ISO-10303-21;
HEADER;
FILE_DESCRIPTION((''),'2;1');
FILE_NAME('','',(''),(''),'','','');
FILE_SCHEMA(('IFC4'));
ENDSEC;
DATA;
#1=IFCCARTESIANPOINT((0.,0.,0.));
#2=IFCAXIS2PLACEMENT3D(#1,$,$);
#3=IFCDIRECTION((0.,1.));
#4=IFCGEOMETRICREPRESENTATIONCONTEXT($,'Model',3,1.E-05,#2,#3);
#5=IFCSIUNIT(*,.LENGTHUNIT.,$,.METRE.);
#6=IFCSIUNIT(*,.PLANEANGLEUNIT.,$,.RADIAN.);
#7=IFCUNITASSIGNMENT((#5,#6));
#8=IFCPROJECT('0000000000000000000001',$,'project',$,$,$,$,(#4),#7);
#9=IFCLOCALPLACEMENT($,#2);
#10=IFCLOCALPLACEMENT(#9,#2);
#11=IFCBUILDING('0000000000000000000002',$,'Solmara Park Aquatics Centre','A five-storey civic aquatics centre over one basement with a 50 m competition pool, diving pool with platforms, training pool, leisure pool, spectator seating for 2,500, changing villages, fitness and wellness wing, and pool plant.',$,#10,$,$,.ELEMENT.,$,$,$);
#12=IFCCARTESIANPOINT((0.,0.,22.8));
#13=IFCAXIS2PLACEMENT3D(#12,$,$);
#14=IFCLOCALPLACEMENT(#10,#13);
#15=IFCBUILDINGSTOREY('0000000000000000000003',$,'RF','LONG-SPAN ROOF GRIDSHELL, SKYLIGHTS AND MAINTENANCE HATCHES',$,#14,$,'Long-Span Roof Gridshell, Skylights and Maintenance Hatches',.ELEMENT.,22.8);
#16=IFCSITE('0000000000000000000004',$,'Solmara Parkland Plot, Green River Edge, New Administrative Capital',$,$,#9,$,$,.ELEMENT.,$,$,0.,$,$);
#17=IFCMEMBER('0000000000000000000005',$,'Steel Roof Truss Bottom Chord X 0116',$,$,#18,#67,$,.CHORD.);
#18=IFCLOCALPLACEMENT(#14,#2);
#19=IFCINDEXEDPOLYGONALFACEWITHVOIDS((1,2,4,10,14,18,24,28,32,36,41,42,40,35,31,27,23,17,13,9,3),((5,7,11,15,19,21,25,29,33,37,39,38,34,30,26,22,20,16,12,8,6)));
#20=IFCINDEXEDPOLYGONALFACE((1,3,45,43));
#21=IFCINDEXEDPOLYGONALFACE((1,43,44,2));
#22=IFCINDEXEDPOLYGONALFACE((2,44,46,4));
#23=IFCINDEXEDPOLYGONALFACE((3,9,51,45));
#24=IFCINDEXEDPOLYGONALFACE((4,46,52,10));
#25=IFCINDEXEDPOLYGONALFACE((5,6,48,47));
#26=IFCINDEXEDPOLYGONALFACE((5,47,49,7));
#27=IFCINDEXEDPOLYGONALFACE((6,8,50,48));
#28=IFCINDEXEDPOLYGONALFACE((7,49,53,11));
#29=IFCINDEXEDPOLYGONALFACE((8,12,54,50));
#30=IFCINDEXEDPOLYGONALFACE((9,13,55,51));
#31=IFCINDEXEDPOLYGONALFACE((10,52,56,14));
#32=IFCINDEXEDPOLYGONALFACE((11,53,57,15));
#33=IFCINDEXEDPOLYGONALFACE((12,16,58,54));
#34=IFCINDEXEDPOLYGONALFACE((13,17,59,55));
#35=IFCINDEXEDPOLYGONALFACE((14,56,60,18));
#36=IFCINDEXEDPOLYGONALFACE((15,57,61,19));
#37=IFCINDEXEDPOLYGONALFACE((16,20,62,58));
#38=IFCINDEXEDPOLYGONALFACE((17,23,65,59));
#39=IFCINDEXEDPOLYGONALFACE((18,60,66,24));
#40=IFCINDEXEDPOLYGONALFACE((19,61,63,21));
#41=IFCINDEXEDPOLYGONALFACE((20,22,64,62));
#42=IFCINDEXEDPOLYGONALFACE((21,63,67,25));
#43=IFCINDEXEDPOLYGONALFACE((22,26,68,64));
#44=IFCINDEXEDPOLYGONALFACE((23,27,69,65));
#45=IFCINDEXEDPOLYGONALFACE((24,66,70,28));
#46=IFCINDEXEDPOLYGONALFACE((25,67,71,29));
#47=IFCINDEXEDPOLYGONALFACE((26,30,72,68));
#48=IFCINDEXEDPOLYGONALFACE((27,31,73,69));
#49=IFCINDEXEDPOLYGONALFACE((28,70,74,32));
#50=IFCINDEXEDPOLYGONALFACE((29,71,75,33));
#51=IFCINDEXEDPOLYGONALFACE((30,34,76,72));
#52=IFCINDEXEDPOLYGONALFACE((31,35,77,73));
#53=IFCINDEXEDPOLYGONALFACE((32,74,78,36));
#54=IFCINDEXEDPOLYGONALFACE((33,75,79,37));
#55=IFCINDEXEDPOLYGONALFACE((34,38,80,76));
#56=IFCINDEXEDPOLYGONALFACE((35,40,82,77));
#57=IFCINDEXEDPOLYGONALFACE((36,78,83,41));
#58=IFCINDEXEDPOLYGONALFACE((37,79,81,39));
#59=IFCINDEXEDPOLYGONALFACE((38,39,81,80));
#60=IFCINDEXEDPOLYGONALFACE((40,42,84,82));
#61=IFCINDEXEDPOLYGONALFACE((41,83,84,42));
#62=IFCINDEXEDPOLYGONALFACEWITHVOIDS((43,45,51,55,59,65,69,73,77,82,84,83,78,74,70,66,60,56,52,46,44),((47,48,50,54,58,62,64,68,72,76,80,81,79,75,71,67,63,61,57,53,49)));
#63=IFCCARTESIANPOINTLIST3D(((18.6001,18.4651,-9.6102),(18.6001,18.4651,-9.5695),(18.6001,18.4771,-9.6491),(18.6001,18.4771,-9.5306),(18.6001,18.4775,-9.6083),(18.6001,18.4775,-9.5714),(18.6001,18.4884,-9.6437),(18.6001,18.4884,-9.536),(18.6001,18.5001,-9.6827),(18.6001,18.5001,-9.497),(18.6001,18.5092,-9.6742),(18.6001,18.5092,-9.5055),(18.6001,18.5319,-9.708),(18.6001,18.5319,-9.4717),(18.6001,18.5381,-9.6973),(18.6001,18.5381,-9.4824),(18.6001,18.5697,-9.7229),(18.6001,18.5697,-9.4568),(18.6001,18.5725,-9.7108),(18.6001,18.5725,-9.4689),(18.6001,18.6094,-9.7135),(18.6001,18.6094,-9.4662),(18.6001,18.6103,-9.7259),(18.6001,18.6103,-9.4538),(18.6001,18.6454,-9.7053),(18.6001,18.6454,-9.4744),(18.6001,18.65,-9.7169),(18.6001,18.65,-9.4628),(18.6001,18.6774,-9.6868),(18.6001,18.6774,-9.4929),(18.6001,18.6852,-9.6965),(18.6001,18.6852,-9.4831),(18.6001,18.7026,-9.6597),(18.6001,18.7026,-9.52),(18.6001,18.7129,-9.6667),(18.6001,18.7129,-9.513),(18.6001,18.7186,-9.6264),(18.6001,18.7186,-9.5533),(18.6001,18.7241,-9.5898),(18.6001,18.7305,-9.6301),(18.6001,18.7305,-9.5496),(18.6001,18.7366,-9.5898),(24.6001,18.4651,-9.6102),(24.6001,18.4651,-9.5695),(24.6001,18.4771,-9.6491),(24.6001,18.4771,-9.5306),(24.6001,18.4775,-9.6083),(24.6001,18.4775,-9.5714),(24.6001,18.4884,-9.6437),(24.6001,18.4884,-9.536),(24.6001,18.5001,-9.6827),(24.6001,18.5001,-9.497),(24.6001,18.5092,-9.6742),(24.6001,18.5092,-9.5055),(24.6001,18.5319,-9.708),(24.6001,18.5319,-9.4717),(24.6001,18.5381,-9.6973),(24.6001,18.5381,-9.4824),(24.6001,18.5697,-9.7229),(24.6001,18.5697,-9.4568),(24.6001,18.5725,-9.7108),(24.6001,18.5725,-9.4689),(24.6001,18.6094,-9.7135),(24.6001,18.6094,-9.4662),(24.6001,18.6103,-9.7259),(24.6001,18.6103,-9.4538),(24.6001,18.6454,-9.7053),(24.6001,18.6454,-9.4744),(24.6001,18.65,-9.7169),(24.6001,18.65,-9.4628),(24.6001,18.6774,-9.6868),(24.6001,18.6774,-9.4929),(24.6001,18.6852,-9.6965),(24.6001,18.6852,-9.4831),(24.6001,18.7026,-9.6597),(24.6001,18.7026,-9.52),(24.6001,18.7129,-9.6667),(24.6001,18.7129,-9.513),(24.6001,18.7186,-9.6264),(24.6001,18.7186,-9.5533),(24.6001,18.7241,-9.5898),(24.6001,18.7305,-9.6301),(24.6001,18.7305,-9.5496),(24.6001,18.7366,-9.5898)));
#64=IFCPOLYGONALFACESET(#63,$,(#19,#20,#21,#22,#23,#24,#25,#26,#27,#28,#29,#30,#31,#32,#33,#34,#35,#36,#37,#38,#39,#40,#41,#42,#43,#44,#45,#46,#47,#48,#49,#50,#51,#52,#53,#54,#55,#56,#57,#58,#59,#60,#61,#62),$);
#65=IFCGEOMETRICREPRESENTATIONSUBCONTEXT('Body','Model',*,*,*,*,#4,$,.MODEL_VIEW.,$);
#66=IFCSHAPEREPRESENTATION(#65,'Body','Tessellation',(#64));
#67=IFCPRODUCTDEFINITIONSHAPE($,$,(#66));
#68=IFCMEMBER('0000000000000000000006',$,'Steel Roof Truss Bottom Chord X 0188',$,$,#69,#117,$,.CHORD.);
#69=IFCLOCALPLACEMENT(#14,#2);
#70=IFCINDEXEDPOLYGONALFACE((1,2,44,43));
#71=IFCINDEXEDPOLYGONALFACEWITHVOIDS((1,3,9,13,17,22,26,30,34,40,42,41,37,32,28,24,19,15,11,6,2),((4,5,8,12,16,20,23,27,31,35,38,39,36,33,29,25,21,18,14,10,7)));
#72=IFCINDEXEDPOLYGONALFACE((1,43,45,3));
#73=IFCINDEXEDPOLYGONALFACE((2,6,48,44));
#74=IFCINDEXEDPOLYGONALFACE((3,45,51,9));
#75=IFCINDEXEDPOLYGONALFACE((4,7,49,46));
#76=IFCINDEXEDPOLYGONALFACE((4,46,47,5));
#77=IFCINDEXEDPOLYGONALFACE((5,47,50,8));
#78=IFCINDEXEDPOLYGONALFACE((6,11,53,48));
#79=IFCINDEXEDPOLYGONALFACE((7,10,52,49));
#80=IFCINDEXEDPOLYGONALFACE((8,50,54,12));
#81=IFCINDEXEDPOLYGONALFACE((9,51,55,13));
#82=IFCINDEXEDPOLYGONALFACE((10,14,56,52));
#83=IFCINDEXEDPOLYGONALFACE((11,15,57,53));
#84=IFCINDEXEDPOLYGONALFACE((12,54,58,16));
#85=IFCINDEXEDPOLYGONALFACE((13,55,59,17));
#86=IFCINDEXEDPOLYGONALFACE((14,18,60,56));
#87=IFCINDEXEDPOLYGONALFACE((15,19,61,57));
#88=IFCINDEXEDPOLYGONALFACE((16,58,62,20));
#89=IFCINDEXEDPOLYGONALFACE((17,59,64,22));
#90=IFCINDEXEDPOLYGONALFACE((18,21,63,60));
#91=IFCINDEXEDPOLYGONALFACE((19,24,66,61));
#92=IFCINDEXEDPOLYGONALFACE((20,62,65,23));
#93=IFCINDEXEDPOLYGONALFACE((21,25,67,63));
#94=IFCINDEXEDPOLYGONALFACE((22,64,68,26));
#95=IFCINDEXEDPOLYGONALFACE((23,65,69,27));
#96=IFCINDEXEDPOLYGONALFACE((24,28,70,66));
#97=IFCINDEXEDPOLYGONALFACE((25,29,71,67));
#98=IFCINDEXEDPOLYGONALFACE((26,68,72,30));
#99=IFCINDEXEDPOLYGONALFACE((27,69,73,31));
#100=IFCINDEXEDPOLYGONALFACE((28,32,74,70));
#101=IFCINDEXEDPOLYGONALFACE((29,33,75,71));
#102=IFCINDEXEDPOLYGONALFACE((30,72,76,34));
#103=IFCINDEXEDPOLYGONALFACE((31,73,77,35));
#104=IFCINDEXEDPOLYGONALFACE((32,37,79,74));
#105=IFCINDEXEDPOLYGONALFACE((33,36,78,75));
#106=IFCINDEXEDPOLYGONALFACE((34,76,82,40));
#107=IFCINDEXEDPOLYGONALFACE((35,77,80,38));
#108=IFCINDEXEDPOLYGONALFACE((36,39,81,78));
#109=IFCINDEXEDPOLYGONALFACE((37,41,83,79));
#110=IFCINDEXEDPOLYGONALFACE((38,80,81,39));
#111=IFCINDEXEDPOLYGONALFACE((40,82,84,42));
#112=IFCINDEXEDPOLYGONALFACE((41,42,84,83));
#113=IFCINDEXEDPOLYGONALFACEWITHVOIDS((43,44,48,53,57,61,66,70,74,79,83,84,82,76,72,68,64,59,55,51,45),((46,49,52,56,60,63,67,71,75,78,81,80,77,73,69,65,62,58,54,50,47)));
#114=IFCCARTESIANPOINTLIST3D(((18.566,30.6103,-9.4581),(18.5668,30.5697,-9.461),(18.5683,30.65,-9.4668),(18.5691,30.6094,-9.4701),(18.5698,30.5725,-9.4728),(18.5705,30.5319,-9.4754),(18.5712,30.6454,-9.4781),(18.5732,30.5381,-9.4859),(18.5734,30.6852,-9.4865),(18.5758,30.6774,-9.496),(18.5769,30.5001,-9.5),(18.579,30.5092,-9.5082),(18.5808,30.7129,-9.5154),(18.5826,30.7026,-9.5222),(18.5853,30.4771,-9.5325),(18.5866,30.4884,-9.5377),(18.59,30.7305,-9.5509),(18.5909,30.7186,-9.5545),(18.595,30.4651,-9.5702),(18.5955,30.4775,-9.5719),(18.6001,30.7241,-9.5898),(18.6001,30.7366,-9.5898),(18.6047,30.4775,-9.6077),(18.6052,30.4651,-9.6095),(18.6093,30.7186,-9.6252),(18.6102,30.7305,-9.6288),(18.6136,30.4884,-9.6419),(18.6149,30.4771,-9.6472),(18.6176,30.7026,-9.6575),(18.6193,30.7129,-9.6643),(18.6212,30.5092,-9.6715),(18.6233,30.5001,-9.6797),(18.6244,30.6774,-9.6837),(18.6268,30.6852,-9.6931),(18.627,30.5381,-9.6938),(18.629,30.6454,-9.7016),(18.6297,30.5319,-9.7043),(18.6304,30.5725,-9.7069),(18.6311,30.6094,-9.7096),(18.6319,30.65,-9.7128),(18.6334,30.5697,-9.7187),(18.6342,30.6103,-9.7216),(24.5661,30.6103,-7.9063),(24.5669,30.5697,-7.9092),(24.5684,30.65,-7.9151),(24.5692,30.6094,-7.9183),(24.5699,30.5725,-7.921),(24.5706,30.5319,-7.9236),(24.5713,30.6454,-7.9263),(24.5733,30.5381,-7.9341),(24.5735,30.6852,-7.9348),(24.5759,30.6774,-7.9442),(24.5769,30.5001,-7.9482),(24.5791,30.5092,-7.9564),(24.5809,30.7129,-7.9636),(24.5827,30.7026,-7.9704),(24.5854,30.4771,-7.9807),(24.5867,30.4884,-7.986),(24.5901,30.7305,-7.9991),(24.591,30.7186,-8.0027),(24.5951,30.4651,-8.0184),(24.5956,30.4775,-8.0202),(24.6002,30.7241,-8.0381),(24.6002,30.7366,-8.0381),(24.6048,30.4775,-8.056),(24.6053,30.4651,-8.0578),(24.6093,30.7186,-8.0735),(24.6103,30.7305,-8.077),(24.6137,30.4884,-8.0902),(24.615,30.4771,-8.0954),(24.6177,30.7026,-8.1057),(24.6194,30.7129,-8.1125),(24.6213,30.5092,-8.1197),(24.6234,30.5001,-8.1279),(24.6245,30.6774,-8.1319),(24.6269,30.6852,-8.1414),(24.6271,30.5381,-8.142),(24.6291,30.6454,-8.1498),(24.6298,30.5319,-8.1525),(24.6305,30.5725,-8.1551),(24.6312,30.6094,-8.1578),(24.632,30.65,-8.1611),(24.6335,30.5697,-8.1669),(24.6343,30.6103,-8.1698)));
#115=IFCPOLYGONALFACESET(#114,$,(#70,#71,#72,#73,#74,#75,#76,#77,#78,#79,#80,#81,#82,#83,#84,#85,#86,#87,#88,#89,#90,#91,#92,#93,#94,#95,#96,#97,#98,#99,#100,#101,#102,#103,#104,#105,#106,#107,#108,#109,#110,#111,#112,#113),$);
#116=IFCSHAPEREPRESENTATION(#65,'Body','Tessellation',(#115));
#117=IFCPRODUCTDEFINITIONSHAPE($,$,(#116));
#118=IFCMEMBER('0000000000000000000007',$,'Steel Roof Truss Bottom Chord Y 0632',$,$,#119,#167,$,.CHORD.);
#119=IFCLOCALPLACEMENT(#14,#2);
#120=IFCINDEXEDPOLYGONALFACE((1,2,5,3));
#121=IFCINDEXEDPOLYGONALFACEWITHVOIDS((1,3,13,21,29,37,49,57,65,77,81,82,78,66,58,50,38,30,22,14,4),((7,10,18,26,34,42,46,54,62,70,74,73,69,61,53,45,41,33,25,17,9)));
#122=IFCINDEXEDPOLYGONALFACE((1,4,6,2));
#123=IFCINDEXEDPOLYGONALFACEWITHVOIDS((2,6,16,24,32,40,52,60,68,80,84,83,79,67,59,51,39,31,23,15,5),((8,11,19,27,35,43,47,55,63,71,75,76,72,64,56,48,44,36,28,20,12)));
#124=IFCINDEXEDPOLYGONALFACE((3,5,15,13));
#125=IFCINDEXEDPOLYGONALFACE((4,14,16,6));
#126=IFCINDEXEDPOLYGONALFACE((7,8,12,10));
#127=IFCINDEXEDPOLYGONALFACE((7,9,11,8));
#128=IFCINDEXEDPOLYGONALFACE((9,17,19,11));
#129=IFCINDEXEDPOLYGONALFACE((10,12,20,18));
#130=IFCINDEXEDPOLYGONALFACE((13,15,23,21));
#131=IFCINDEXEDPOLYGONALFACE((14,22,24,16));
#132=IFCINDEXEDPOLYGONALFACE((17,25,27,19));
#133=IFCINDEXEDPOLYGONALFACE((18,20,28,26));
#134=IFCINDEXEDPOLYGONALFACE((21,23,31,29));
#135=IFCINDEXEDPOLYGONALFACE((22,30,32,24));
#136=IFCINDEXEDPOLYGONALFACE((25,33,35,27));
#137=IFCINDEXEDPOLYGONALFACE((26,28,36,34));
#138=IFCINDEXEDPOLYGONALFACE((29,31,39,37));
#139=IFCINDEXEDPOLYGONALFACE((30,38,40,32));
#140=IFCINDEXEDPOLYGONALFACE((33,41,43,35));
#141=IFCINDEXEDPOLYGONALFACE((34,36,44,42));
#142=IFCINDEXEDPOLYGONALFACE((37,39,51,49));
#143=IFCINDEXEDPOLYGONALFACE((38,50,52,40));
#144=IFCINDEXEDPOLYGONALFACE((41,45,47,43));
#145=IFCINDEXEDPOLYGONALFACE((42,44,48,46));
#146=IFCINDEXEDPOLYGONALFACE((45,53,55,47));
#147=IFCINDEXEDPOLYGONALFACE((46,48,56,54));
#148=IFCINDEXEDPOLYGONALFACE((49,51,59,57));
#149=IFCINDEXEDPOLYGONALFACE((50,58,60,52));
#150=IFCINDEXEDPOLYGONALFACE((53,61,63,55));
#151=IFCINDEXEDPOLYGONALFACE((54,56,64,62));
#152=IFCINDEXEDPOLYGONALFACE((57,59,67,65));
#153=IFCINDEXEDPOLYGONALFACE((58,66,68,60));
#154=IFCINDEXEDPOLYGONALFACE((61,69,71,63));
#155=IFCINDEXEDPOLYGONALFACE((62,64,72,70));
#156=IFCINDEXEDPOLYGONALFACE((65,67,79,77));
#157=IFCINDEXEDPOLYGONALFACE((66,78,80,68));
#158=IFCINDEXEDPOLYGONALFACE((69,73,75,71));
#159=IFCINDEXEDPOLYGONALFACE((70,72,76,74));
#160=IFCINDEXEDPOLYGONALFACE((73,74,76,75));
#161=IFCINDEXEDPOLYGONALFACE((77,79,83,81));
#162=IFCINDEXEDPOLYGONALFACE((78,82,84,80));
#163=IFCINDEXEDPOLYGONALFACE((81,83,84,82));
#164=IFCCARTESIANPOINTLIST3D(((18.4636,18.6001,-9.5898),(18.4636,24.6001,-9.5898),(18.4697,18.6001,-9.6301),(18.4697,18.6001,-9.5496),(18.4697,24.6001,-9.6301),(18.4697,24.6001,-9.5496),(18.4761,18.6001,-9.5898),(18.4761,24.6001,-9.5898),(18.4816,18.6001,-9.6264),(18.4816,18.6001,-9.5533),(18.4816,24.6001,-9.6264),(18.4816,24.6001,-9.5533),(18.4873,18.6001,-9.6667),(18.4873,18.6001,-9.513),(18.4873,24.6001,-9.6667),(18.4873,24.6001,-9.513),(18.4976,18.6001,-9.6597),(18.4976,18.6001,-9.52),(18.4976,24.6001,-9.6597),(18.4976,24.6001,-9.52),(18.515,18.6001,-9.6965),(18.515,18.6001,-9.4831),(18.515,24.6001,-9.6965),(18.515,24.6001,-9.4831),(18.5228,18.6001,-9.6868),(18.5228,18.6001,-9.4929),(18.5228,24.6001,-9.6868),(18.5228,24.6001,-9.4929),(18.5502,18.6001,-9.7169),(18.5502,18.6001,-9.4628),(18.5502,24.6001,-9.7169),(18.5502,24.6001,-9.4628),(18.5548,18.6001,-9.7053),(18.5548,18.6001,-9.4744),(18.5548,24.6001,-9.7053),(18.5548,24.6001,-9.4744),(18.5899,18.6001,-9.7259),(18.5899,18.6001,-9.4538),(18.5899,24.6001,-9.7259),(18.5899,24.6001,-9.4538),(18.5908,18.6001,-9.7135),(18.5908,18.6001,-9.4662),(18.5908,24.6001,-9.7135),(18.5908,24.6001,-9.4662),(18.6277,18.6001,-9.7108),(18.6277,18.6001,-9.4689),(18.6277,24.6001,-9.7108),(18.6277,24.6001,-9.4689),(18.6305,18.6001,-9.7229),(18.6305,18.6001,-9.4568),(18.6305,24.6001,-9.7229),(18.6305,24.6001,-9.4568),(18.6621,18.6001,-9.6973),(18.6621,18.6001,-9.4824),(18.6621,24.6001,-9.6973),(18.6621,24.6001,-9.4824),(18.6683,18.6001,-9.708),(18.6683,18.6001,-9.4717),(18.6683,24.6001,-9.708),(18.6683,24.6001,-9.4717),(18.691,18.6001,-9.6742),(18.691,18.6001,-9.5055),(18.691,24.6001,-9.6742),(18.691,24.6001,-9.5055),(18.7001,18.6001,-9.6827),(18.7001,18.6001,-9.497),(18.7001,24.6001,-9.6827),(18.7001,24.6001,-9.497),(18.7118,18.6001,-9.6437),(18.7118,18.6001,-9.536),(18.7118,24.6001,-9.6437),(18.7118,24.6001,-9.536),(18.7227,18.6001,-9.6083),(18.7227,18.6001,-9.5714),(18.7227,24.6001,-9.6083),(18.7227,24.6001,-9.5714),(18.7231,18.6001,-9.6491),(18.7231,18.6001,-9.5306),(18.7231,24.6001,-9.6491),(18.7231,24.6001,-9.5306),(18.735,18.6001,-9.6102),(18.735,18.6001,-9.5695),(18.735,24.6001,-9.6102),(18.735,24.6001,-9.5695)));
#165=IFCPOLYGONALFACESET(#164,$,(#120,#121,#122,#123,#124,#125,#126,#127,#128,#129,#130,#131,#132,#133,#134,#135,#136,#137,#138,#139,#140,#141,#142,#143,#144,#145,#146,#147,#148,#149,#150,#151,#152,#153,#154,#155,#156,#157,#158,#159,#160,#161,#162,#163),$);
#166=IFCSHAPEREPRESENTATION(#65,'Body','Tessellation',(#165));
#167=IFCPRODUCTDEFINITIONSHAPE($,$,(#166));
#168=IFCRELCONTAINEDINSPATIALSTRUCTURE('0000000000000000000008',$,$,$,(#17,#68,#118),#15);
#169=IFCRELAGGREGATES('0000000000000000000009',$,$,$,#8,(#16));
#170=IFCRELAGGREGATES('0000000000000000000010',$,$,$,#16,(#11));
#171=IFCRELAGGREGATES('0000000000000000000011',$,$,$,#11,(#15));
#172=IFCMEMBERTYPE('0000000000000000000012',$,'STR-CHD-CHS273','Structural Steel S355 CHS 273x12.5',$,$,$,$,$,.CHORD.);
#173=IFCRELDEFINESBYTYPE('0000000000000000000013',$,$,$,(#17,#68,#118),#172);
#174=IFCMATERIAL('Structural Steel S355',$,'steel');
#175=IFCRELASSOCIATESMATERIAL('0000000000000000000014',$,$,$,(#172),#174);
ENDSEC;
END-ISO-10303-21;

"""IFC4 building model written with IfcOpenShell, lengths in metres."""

from ifc_helpers import new_model, si_unit, direction, frame, origin, origin_2d, place, context, subcontext, project, spatial, hollow_circle, extrude, material, material_profile, profile_set, type_object, element, save


model = new_model("IFC4")

# Units and contexts
model_context = context("Model", 3, precision=1e-05, world=origin(), true_north=direction((0.0, 1.0)))
body_context = subcontext(model_context, "Body", "Model", "MODEL_VIEW")
ifc_project = project(units=[si_unit("LENGTHUNIT", "METRE"), si_unit("PLANEANGLEUNIT", "RADIAN")], contexts=[model_context])

# Site, building, storey
site_placement = place(None, origin())
site = spatial("IfcSite", under=ifc_project, at=site_placement, Name="Solmara Parkland Plot, Green River Edge, New Administrative Capital", CompositionType="ELEMENT", RefElevation=0.0)
building_placement = place(site_placement, origin())
building = spatial("IfcBuilding", under=site, at=building_placement, Name="Solmara Park Aquatics Centre", Description="A five-storey civic aquatics centre over one basement with a 50 m competition pool, diving pool with platforms, training pool, leisure pool, spectator seating for 2,500, changing villages, fitness and wellness wing, and pool plant.", CompositionType="ELEMENT")
storey_placement = place(building_placement, frame((0.0, 0.0, 22.8)))
storey = spatial("IfcBuildingStorey", under=building, at=storey_placement, Name="RF", Description="LONG-SPAN ROOF GRIDSHELL, SKYLIGHTS AND MAINTENANCE HATCHES", LongName="Long-Span Roof Gridshell, Skylights and Maintenance Hatches", CompositionType="ELEMENT", Elevation=22.8)

# Members
ifc_material_1 = material(Name="Structural Steel S355", Category="steel")
ifc_material_profile_1 = material_profile(ifc_material_1, hollow_circle(Radius=0.1365, WallThickness=0.0125, at=origin_2d()), Name="CHS 273x12.5")
ifc_profile_set_1 = profile_set([ifc_material_profile_1], Name="Structural Steel S355")
member_type_1 = type_object("IfcMemberType", Name="STR-CHD-CHS273", Description="Structural Steel S355 CHS 273x12.5", PredefinedType="CHORD", material=ifc_profile_set_1)
member_1_placement = place(storey_placement, frame((18.6001, 18.6001, -9.5898), z_axis=(1.0, 0.0, 0.0), x_axis=(0.0, 1.0, 0.0)))
element("IfcMember", 1, at=member_1_placement, inside=storey, type_object=member_type_1, Name="Steel Roof Truss Bottom Chord X 0116", PredefinedType="CHORD", context=body_context, shape_type="SweptSolid", body=[
    extrude(hollow_circle(Radius=0.1365, WallThickness=0.0125, at=origin_2d()), origin(), (0.0, 0.0, 1.0), 6.0),
])
member_2_placement = place(storey_placement, frame((18.6001, 30.6001, -9.5898), z_axis=(0.968146, 0.0, 0.250388), x_axis=(0.0, 1.0, 0.0)))
element("IfcMember", 2, at=member_2_placement, inside=storey, type_object=member_type_1, Name="Steel Roof Truss Bottom Chord X 0188", PredefinedType="CHORD", context=body_context, shape_type="SweptSolid", body=[
    extrude(hollow_circle(Radius=0.1365, WallThickness=0.0125, at=origin_2d()), origin(), (0.0, 0.0, 1.0), 6.1975),
])
for number, where, z_axis, x_axis, name in (
    (3, (18.6001, 18.6001, -9.5898), (0.0, 1.0, 0.0), (-1.0, 0.0, 0.0), "Steel Roof Truss Bottom Chord Y 0632"),
):
    element("IfcMember", number, at=place(storey_placement, frame(where, z_axis=z_axis, x_axis=x_axis)), inside=storey, type_object=member_type_1, Name=name, PredefinedType="CHORD", context=body_context, shape_type="SweptSolid", body=[
        extrude(hollow_circle(Radius=0.1365, WallThickness=0.0125, at=origin_2d()), origin(), (0.0, 0.0, 1.0), 6.0),
    ])

save(model, "model.ifc")
